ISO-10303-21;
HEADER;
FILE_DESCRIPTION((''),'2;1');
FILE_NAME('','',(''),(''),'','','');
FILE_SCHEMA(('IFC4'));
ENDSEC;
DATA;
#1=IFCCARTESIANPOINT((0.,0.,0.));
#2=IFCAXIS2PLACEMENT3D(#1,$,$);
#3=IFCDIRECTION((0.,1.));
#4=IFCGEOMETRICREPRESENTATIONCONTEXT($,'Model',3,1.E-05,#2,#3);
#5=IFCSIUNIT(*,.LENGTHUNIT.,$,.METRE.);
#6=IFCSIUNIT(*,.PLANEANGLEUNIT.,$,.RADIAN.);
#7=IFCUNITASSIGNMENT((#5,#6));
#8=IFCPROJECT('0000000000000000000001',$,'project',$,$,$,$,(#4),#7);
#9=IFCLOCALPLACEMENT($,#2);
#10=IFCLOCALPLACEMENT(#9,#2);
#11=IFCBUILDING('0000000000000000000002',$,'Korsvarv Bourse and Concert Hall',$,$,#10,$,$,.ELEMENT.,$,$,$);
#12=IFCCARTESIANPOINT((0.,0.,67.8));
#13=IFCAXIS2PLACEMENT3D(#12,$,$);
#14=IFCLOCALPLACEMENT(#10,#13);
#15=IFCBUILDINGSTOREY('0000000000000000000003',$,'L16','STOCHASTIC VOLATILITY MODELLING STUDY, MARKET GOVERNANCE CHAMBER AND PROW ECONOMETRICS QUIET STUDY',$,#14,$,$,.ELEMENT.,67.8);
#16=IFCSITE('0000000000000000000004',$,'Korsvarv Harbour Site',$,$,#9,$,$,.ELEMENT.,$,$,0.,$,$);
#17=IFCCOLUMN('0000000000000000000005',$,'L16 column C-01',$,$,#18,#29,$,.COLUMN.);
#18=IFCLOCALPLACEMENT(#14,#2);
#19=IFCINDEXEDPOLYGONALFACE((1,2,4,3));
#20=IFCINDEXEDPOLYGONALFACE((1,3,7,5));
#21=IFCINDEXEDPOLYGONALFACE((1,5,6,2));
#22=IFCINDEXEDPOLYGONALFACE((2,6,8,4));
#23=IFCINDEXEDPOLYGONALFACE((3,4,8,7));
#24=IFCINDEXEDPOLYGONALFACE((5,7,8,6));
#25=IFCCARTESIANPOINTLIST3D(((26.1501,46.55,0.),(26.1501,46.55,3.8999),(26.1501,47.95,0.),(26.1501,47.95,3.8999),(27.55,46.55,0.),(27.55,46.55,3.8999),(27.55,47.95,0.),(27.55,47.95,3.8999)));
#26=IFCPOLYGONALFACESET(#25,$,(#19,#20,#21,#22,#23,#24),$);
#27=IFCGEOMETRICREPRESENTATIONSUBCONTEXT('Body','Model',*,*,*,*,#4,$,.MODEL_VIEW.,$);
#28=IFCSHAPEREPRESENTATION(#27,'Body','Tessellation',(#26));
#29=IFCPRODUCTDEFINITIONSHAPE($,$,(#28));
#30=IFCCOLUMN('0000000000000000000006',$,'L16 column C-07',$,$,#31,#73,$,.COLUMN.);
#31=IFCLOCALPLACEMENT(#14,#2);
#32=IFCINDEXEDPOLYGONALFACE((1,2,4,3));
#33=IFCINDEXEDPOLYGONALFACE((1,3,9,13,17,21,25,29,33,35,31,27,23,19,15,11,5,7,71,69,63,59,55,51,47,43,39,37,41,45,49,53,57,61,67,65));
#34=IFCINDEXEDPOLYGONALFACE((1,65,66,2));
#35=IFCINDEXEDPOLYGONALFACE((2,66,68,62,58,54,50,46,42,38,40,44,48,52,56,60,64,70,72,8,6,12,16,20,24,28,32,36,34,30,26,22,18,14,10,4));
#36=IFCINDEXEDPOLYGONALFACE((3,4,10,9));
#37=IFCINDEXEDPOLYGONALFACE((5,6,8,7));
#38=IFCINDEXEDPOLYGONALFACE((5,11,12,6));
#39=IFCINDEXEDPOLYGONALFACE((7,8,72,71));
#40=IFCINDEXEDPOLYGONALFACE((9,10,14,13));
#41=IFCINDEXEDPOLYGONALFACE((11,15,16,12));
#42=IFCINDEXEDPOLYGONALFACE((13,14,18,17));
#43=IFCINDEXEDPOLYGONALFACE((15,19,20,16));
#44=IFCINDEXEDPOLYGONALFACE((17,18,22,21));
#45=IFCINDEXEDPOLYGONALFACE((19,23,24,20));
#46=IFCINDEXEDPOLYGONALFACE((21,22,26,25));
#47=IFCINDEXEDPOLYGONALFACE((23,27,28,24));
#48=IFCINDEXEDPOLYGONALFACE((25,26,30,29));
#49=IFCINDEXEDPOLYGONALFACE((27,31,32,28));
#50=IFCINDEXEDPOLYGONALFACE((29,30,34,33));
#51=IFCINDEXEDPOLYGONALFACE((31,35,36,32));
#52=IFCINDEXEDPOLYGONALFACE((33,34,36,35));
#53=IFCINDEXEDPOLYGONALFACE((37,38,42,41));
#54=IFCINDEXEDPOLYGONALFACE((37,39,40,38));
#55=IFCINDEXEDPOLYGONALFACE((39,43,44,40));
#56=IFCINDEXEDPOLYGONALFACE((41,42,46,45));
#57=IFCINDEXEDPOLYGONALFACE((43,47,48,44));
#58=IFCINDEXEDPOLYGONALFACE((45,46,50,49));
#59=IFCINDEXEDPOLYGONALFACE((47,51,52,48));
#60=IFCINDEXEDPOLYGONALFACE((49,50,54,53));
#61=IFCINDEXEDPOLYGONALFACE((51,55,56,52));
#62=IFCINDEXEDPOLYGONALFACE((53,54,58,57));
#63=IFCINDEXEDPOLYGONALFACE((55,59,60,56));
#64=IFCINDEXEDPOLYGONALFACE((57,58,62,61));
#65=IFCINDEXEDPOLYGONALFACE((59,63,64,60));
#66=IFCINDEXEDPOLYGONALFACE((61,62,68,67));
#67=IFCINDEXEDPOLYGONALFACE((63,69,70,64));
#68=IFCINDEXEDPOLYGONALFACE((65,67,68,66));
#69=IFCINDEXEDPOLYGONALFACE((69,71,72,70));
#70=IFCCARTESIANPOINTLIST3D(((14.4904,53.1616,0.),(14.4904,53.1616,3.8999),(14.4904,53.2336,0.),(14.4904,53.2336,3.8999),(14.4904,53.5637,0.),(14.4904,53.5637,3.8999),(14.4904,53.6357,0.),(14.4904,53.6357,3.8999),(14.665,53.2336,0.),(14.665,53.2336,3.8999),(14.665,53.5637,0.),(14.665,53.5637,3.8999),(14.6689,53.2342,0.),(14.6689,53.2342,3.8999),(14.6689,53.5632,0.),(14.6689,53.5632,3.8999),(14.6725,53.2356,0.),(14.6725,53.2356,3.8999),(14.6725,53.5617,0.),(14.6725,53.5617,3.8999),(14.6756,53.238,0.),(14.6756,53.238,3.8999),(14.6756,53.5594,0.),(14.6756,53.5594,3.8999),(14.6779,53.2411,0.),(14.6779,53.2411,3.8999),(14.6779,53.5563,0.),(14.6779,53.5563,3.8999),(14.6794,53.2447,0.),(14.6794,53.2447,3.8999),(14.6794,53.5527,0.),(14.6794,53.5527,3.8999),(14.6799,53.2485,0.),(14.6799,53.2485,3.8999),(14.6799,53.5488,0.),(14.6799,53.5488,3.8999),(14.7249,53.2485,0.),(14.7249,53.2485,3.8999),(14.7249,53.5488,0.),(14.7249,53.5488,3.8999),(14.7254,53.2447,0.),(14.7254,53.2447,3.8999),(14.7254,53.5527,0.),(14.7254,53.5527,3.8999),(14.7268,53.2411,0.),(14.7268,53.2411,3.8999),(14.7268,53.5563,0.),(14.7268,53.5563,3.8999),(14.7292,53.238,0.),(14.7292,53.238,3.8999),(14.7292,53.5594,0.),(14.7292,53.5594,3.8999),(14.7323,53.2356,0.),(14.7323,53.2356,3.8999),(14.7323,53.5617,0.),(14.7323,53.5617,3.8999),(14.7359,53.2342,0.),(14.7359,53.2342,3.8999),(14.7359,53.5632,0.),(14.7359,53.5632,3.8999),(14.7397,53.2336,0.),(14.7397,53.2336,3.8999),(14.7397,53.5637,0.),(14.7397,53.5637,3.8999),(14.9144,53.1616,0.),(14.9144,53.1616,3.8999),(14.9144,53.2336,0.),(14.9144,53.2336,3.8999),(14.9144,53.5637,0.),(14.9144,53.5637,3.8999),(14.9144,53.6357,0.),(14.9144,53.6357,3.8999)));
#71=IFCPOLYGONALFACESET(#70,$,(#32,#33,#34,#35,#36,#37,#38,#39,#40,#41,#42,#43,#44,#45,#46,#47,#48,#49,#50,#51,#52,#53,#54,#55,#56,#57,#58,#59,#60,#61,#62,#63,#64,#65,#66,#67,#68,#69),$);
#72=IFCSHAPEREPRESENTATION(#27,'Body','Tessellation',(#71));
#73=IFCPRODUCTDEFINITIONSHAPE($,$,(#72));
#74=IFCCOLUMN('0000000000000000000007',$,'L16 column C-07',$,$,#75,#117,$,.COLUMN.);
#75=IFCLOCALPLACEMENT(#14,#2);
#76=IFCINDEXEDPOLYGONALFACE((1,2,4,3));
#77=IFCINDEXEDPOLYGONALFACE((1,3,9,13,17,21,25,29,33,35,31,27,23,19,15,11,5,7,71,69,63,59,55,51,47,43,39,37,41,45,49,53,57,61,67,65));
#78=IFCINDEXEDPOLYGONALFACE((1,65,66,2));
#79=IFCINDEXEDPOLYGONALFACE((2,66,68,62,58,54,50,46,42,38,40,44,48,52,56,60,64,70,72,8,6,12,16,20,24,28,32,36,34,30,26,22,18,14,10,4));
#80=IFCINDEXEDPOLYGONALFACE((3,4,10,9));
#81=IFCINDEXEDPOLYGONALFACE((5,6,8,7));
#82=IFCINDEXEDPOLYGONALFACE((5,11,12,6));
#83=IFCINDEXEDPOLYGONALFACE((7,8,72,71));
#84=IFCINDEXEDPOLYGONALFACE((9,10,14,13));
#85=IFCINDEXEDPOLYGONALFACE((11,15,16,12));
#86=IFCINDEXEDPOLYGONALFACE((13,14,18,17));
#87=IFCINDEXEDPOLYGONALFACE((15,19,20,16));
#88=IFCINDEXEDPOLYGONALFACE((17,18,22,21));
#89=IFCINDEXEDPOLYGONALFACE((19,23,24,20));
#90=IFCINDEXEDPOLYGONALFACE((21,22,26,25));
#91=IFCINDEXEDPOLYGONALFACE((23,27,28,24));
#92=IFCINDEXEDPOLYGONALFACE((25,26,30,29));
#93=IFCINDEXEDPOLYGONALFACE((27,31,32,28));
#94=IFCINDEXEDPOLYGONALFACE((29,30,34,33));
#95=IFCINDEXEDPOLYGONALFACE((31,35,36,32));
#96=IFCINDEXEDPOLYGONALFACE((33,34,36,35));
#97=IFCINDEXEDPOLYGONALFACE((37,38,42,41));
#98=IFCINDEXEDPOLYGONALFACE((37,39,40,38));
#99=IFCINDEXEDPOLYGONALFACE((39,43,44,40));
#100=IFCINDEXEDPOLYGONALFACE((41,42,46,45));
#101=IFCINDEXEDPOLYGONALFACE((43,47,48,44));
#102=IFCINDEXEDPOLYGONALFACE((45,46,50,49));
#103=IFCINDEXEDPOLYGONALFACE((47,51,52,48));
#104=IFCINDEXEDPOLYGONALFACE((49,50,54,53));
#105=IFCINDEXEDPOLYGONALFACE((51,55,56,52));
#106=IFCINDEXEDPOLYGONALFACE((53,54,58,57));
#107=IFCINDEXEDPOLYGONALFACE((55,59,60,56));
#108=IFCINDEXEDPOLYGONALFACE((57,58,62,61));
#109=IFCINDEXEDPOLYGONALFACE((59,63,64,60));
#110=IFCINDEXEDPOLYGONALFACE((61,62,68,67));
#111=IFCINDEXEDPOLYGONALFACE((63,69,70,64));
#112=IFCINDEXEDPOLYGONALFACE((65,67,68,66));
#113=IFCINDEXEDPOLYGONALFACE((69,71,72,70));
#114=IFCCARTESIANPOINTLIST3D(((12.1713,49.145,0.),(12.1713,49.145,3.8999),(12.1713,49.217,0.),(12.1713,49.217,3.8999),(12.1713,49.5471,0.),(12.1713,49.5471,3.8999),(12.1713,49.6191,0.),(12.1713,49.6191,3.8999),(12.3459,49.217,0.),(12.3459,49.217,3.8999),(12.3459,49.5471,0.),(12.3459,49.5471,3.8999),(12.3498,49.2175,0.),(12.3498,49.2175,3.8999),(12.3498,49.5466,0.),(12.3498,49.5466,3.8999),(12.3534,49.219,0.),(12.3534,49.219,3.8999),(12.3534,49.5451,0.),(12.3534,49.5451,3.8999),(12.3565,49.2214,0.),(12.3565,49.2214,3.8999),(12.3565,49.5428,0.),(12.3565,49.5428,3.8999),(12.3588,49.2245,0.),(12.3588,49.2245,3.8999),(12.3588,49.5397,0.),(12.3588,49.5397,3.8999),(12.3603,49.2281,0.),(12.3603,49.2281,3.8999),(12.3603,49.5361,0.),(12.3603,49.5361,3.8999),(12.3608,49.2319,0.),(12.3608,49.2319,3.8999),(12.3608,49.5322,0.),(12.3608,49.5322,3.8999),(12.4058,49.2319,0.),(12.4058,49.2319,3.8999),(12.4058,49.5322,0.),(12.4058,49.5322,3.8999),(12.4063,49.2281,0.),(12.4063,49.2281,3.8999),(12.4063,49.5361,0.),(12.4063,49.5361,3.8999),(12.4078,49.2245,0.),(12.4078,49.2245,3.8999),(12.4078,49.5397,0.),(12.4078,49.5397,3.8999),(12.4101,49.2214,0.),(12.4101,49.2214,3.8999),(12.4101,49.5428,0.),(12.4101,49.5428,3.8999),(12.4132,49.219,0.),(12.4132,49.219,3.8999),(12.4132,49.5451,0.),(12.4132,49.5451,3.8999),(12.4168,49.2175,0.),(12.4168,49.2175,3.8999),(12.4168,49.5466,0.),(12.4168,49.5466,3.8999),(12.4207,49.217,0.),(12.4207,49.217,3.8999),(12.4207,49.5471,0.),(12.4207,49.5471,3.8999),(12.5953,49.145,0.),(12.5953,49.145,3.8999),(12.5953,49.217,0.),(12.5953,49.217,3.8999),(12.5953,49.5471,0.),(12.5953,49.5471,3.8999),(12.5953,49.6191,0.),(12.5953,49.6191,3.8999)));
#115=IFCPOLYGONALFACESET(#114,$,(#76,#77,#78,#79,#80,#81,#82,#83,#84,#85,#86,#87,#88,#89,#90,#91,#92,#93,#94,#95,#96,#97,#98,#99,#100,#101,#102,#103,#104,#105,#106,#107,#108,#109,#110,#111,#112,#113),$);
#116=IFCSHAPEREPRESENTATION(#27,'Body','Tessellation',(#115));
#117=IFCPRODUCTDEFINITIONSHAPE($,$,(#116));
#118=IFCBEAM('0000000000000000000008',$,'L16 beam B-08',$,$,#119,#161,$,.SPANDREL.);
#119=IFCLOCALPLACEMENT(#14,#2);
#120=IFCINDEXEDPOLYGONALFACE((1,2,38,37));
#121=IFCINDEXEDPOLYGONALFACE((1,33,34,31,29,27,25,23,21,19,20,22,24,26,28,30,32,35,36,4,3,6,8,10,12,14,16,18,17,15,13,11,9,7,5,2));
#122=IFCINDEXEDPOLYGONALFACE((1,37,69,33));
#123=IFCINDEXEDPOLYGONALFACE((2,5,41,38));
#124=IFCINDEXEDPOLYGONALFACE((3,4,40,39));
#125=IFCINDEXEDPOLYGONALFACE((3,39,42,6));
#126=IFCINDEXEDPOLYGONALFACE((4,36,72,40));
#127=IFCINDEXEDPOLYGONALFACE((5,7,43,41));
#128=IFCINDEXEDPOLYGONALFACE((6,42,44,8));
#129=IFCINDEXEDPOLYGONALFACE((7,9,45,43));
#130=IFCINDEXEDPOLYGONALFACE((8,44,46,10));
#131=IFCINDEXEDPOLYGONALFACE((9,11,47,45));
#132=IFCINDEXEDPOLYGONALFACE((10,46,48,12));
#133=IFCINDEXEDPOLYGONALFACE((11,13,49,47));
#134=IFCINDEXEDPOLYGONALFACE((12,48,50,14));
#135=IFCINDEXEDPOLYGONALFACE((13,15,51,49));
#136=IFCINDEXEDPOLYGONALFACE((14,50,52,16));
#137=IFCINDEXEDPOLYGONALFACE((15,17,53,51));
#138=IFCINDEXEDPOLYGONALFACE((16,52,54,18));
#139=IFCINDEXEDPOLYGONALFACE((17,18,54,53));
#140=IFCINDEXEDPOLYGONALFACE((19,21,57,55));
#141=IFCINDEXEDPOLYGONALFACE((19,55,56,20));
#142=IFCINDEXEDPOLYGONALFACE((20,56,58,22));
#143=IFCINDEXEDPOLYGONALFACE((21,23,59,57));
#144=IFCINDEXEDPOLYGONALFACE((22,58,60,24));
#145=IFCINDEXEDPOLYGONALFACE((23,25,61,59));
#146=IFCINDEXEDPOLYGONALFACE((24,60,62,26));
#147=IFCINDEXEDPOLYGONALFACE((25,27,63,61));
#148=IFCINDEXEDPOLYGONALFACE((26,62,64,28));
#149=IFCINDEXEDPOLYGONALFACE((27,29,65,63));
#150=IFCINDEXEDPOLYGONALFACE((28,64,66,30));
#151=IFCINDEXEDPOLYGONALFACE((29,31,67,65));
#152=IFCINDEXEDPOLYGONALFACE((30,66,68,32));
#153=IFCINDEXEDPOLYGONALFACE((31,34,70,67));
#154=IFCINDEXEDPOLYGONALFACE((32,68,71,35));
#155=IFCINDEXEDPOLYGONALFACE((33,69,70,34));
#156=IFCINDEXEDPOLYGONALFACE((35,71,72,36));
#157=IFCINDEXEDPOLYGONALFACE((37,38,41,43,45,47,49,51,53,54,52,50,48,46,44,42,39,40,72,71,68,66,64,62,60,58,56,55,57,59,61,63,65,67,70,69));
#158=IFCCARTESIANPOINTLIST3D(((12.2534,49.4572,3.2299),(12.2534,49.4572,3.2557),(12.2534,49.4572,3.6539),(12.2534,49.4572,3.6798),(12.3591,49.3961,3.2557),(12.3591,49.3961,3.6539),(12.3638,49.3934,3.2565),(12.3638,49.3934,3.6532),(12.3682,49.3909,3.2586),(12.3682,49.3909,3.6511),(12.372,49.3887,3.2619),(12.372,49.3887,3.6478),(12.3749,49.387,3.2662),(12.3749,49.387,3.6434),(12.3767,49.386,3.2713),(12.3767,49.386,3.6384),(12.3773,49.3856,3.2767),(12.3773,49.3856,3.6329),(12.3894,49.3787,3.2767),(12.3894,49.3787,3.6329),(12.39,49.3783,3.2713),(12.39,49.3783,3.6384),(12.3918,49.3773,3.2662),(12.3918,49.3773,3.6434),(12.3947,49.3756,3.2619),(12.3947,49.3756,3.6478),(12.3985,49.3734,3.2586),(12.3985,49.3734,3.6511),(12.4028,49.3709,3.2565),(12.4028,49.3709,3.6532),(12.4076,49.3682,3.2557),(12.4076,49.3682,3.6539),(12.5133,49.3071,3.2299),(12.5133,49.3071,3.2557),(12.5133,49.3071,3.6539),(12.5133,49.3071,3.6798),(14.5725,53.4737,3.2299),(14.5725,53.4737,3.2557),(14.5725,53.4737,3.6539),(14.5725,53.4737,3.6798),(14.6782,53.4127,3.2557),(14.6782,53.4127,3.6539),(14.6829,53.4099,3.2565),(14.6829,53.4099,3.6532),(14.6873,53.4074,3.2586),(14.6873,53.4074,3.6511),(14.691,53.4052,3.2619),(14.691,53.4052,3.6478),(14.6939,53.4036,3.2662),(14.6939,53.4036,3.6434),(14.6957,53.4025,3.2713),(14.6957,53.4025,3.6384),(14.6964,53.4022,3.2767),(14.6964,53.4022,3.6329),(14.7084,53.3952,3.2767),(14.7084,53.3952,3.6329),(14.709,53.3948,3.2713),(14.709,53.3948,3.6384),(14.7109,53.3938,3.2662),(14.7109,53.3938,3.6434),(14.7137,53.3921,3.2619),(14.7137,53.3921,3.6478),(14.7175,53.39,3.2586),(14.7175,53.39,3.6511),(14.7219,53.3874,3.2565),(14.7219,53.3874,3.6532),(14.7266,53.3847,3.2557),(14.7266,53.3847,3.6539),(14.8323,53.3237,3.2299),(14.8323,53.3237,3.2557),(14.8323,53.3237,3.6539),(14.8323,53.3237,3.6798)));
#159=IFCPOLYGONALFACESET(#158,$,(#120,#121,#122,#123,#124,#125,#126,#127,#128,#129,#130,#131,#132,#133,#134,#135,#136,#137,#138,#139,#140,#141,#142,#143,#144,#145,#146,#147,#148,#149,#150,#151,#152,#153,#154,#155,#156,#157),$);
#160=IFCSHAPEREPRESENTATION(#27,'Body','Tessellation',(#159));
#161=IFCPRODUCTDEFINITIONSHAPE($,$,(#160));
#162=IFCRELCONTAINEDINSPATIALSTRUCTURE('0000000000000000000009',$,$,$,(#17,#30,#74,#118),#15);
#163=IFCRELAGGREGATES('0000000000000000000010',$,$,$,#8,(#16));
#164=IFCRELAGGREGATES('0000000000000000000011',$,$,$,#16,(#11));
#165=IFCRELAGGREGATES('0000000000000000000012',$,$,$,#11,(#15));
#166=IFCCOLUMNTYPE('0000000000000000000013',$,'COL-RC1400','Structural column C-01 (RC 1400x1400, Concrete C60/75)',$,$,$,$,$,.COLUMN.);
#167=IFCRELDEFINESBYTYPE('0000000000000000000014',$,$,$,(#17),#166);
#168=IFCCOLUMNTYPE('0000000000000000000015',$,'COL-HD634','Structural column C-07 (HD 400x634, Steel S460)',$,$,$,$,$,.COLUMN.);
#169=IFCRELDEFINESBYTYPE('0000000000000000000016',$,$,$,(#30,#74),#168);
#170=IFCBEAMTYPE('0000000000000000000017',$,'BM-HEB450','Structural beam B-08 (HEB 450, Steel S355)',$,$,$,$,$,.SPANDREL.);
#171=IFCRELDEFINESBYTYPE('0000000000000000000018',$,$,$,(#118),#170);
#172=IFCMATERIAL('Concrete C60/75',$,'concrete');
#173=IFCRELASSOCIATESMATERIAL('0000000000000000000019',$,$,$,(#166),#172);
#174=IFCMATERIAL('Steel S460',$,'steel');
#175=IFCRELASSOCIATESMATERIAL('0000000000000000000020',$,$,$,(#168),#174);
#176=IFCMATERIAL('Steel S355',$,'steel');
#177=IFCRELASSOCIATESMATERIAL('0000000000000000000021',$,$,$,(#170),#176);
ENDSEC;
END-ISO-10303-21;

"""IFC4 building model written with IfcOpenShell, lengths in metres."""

from ifc_helpers import new_model, si_unit, direction, frame, origin, origin_2d, place, context, subcontext, project, spatial, rectangle, i_section, extrude, source, transform, mapped, material, material_profile, profile_set, type_object, element, save


model = new_model("IFC4")

# Units and contexts
model_context = context("Model", 3, precision=1e-05, world=origin(), true_north=direction((0.0, 1.0)))
body_context = subcontext(model_context, "Body", "Model", "MODEL_VIEW")
ifc_project = project(units=[si_unit("LENGTHUNIT", "METRE"), si_unit("PLANEANGLEUNIT", "RADIAN")], contexts=[model_context])

# Site, building, storey
site_placement = place(None, origin())
site = spatial("IfcSite", under=ifc_project, at=site_placement, Name="Korsvarv Harbour Site", CompositionType="ELEMENT", RefElevation=0.0)
building_placement = place(site_placement, origin())
building = spatial("IfcBuilding", under=site, at=building_placement, Name="Korsvarv Bourse and Concert Hall", CompositionType="ELEMENT")
storey_placement = place(building_placement, frame((0.0, 0.0, 67.8)))
storey = spatial("IfcBuildingStorey", under=building, at=storey_placement, Name="L16", Description="STOCHASTIC VOLATILITY MODELLING STUDY, MARKET GOVERNANCE CHAMBER AND PROW ECONOMETRICS QUIET STUDY", CompositionType="ELEMENT", Elevation=67.8)

# Columns
ifc_material_1 = material(Name="Concrete C60/75", Category="concrete")
ifc_material_profile_1 = material_profile(ifc_material_1, rectangle(XDim=1.3999, YDim=1.3999, at=origin_2d()), Name="RC 1400x1400")
ifc_profile_set_1 = profile_set([ifc_material_profile_1], Name="Concrete C60/75")
column_type_1 = type_object("IfcColumnType", Name="COL-RC1400", Description="Structural column C-01 (RC 1400x1400, Concrete C60/75)", PredefinedType="COLUMN", material=ifc_profile_set_1)
shared_shape_1 = source(origin(), body_context, "Body", "SweptSolid", [
    extrude(rectangle(XDim=1.3999, YDim=1.3999, at=origin_2d()), origin(), (0.0, 0.0, 1.0), 3.8999),
])
column_placement = place(storey_placement, frame((26.8501, 47.25, 0.0), z_axis=(0.0, 0.0, 1.0), x_axis=(1.0, 0.0, 0.0)))
element("IfcColumn", 1, at=column_placement, inside=storey, type_object=column_type_1, Name="L16 column C-01", PredefinedType="COLUMN", context=body_context, shape_type="MappedRepresentation", body=[
    mapped(shared_shape_1, transform((0.0, 0.0, 0.0), scale=1.0)),
])
ifc_material_2 = material(Name="Steel S460", Category="steel")
ifc_material_profile_2 = material_profile(ifc_material_2, i_section(OverallWidth=0.4241, OverallDepth=0.4741, WebThickness=0.0449, FlangeThickness=0.072, FilletRadius=0.0149, at=origin_2d()), Name="HD 400x634")
ifc_profile_set_2 = profile_set([ifc_material_profile_2], Name="Steel S460")
column_type_2 = type_object("IfcColumnType", Name="COL-HD634", Description="Structural column C-07 (HD 400x634, Steel S460)", PredefinedType="COLUMN", material=ifc_profile_set_2)
shared_shape_2 = source(origin(), body_context, "Body", "SweptSolid", [
    extrude(i_section(OverallWidth=0.4241, OverallDepth=0.4741, WebThickness=0.0449, FlangeThickness=0.072, FilletRadius=0.0149, at=origin_2d()), origin(), (0.0, 0.0, 1.0), 3.8999),
])
for number, where, z_axis, x_axis, name in (
    (2, (14.7024, 53.3987, 0.0), (0.0, 0.0, 1.0), (1.0, 0.0, 0.0), "L16 column C-07"),
    (3, (12.3833, 49.3821, 0.0), (0.0, 0.0, 1.0), (1.0, 0.0, 0.0), "L16 column C-07"),
):
    element("IfcColumn", number, at=place(storey_placement, frame(where, z_axis=z_axis, x_axis=x_axis)), inside=storey, type_object=column_type_2, Name=name, PredefinedType="COLUMN", context=body_context, shape_type="MappedRepresentation", body=[
        mapped(shared_shape_2, transform((0.0, 0.0, 0.0), scale=1.0)),
    ])

# Beam
ifc_material_3 = material(Name="Steel S355", Category="steel")
ifc_material_profile_3 = material_profile(ifc_material_3, i_section(OverallWidth=0.3, OverallDepth=0.45, WebThickness=0.0139, FlangeThickness=0.0259, FilletRadius=0.021, at=origin_2d()), Name="HEB 450")
ifc_profile_set_3 = profile_set([ifc_material_profile_3], Name="Steel S355")
beam_type_1 = type_object("IfcBeamType", Name="BM-HEB450", Description="Structural beam B-08 (HEB 450, Steel S355)", PredefinedType="SPANDREL", material=ifc_profile_set_3)
shared_shape_3 = source(origin(), body_context, "Body", "SweptSolid", [
    extrude(i_section(OverallWidth=0.3, OverallDepth=0.45, WebThickness=0.0139, FlangeThickness=0.0259, FilletRadius=0.021, at=origin_2d()), origin(), (0.0, 0.0, 1.0), 4.6379),
])
beam_1_placement = place(storey_placement, frame((14.7024, 53.3987, 3.4548), z_axis=(-0.500017, -0.866016, 0.0), x_axis=(0.866016, -0.500017, 0.0)))
element("IfcBeam", 4, at=beam_1_placement, inside=storey, type_object=beam_type_1, Name="L16 beam B-08", PredefinedType="SPANDREL", context=body_context, shape_type="MappedRepresentation", body=[
    mapped(shared_shape_3, transform((0.0, 0.0, 0.0), scale=1.0)),
])

save(model, "model.ifc")
